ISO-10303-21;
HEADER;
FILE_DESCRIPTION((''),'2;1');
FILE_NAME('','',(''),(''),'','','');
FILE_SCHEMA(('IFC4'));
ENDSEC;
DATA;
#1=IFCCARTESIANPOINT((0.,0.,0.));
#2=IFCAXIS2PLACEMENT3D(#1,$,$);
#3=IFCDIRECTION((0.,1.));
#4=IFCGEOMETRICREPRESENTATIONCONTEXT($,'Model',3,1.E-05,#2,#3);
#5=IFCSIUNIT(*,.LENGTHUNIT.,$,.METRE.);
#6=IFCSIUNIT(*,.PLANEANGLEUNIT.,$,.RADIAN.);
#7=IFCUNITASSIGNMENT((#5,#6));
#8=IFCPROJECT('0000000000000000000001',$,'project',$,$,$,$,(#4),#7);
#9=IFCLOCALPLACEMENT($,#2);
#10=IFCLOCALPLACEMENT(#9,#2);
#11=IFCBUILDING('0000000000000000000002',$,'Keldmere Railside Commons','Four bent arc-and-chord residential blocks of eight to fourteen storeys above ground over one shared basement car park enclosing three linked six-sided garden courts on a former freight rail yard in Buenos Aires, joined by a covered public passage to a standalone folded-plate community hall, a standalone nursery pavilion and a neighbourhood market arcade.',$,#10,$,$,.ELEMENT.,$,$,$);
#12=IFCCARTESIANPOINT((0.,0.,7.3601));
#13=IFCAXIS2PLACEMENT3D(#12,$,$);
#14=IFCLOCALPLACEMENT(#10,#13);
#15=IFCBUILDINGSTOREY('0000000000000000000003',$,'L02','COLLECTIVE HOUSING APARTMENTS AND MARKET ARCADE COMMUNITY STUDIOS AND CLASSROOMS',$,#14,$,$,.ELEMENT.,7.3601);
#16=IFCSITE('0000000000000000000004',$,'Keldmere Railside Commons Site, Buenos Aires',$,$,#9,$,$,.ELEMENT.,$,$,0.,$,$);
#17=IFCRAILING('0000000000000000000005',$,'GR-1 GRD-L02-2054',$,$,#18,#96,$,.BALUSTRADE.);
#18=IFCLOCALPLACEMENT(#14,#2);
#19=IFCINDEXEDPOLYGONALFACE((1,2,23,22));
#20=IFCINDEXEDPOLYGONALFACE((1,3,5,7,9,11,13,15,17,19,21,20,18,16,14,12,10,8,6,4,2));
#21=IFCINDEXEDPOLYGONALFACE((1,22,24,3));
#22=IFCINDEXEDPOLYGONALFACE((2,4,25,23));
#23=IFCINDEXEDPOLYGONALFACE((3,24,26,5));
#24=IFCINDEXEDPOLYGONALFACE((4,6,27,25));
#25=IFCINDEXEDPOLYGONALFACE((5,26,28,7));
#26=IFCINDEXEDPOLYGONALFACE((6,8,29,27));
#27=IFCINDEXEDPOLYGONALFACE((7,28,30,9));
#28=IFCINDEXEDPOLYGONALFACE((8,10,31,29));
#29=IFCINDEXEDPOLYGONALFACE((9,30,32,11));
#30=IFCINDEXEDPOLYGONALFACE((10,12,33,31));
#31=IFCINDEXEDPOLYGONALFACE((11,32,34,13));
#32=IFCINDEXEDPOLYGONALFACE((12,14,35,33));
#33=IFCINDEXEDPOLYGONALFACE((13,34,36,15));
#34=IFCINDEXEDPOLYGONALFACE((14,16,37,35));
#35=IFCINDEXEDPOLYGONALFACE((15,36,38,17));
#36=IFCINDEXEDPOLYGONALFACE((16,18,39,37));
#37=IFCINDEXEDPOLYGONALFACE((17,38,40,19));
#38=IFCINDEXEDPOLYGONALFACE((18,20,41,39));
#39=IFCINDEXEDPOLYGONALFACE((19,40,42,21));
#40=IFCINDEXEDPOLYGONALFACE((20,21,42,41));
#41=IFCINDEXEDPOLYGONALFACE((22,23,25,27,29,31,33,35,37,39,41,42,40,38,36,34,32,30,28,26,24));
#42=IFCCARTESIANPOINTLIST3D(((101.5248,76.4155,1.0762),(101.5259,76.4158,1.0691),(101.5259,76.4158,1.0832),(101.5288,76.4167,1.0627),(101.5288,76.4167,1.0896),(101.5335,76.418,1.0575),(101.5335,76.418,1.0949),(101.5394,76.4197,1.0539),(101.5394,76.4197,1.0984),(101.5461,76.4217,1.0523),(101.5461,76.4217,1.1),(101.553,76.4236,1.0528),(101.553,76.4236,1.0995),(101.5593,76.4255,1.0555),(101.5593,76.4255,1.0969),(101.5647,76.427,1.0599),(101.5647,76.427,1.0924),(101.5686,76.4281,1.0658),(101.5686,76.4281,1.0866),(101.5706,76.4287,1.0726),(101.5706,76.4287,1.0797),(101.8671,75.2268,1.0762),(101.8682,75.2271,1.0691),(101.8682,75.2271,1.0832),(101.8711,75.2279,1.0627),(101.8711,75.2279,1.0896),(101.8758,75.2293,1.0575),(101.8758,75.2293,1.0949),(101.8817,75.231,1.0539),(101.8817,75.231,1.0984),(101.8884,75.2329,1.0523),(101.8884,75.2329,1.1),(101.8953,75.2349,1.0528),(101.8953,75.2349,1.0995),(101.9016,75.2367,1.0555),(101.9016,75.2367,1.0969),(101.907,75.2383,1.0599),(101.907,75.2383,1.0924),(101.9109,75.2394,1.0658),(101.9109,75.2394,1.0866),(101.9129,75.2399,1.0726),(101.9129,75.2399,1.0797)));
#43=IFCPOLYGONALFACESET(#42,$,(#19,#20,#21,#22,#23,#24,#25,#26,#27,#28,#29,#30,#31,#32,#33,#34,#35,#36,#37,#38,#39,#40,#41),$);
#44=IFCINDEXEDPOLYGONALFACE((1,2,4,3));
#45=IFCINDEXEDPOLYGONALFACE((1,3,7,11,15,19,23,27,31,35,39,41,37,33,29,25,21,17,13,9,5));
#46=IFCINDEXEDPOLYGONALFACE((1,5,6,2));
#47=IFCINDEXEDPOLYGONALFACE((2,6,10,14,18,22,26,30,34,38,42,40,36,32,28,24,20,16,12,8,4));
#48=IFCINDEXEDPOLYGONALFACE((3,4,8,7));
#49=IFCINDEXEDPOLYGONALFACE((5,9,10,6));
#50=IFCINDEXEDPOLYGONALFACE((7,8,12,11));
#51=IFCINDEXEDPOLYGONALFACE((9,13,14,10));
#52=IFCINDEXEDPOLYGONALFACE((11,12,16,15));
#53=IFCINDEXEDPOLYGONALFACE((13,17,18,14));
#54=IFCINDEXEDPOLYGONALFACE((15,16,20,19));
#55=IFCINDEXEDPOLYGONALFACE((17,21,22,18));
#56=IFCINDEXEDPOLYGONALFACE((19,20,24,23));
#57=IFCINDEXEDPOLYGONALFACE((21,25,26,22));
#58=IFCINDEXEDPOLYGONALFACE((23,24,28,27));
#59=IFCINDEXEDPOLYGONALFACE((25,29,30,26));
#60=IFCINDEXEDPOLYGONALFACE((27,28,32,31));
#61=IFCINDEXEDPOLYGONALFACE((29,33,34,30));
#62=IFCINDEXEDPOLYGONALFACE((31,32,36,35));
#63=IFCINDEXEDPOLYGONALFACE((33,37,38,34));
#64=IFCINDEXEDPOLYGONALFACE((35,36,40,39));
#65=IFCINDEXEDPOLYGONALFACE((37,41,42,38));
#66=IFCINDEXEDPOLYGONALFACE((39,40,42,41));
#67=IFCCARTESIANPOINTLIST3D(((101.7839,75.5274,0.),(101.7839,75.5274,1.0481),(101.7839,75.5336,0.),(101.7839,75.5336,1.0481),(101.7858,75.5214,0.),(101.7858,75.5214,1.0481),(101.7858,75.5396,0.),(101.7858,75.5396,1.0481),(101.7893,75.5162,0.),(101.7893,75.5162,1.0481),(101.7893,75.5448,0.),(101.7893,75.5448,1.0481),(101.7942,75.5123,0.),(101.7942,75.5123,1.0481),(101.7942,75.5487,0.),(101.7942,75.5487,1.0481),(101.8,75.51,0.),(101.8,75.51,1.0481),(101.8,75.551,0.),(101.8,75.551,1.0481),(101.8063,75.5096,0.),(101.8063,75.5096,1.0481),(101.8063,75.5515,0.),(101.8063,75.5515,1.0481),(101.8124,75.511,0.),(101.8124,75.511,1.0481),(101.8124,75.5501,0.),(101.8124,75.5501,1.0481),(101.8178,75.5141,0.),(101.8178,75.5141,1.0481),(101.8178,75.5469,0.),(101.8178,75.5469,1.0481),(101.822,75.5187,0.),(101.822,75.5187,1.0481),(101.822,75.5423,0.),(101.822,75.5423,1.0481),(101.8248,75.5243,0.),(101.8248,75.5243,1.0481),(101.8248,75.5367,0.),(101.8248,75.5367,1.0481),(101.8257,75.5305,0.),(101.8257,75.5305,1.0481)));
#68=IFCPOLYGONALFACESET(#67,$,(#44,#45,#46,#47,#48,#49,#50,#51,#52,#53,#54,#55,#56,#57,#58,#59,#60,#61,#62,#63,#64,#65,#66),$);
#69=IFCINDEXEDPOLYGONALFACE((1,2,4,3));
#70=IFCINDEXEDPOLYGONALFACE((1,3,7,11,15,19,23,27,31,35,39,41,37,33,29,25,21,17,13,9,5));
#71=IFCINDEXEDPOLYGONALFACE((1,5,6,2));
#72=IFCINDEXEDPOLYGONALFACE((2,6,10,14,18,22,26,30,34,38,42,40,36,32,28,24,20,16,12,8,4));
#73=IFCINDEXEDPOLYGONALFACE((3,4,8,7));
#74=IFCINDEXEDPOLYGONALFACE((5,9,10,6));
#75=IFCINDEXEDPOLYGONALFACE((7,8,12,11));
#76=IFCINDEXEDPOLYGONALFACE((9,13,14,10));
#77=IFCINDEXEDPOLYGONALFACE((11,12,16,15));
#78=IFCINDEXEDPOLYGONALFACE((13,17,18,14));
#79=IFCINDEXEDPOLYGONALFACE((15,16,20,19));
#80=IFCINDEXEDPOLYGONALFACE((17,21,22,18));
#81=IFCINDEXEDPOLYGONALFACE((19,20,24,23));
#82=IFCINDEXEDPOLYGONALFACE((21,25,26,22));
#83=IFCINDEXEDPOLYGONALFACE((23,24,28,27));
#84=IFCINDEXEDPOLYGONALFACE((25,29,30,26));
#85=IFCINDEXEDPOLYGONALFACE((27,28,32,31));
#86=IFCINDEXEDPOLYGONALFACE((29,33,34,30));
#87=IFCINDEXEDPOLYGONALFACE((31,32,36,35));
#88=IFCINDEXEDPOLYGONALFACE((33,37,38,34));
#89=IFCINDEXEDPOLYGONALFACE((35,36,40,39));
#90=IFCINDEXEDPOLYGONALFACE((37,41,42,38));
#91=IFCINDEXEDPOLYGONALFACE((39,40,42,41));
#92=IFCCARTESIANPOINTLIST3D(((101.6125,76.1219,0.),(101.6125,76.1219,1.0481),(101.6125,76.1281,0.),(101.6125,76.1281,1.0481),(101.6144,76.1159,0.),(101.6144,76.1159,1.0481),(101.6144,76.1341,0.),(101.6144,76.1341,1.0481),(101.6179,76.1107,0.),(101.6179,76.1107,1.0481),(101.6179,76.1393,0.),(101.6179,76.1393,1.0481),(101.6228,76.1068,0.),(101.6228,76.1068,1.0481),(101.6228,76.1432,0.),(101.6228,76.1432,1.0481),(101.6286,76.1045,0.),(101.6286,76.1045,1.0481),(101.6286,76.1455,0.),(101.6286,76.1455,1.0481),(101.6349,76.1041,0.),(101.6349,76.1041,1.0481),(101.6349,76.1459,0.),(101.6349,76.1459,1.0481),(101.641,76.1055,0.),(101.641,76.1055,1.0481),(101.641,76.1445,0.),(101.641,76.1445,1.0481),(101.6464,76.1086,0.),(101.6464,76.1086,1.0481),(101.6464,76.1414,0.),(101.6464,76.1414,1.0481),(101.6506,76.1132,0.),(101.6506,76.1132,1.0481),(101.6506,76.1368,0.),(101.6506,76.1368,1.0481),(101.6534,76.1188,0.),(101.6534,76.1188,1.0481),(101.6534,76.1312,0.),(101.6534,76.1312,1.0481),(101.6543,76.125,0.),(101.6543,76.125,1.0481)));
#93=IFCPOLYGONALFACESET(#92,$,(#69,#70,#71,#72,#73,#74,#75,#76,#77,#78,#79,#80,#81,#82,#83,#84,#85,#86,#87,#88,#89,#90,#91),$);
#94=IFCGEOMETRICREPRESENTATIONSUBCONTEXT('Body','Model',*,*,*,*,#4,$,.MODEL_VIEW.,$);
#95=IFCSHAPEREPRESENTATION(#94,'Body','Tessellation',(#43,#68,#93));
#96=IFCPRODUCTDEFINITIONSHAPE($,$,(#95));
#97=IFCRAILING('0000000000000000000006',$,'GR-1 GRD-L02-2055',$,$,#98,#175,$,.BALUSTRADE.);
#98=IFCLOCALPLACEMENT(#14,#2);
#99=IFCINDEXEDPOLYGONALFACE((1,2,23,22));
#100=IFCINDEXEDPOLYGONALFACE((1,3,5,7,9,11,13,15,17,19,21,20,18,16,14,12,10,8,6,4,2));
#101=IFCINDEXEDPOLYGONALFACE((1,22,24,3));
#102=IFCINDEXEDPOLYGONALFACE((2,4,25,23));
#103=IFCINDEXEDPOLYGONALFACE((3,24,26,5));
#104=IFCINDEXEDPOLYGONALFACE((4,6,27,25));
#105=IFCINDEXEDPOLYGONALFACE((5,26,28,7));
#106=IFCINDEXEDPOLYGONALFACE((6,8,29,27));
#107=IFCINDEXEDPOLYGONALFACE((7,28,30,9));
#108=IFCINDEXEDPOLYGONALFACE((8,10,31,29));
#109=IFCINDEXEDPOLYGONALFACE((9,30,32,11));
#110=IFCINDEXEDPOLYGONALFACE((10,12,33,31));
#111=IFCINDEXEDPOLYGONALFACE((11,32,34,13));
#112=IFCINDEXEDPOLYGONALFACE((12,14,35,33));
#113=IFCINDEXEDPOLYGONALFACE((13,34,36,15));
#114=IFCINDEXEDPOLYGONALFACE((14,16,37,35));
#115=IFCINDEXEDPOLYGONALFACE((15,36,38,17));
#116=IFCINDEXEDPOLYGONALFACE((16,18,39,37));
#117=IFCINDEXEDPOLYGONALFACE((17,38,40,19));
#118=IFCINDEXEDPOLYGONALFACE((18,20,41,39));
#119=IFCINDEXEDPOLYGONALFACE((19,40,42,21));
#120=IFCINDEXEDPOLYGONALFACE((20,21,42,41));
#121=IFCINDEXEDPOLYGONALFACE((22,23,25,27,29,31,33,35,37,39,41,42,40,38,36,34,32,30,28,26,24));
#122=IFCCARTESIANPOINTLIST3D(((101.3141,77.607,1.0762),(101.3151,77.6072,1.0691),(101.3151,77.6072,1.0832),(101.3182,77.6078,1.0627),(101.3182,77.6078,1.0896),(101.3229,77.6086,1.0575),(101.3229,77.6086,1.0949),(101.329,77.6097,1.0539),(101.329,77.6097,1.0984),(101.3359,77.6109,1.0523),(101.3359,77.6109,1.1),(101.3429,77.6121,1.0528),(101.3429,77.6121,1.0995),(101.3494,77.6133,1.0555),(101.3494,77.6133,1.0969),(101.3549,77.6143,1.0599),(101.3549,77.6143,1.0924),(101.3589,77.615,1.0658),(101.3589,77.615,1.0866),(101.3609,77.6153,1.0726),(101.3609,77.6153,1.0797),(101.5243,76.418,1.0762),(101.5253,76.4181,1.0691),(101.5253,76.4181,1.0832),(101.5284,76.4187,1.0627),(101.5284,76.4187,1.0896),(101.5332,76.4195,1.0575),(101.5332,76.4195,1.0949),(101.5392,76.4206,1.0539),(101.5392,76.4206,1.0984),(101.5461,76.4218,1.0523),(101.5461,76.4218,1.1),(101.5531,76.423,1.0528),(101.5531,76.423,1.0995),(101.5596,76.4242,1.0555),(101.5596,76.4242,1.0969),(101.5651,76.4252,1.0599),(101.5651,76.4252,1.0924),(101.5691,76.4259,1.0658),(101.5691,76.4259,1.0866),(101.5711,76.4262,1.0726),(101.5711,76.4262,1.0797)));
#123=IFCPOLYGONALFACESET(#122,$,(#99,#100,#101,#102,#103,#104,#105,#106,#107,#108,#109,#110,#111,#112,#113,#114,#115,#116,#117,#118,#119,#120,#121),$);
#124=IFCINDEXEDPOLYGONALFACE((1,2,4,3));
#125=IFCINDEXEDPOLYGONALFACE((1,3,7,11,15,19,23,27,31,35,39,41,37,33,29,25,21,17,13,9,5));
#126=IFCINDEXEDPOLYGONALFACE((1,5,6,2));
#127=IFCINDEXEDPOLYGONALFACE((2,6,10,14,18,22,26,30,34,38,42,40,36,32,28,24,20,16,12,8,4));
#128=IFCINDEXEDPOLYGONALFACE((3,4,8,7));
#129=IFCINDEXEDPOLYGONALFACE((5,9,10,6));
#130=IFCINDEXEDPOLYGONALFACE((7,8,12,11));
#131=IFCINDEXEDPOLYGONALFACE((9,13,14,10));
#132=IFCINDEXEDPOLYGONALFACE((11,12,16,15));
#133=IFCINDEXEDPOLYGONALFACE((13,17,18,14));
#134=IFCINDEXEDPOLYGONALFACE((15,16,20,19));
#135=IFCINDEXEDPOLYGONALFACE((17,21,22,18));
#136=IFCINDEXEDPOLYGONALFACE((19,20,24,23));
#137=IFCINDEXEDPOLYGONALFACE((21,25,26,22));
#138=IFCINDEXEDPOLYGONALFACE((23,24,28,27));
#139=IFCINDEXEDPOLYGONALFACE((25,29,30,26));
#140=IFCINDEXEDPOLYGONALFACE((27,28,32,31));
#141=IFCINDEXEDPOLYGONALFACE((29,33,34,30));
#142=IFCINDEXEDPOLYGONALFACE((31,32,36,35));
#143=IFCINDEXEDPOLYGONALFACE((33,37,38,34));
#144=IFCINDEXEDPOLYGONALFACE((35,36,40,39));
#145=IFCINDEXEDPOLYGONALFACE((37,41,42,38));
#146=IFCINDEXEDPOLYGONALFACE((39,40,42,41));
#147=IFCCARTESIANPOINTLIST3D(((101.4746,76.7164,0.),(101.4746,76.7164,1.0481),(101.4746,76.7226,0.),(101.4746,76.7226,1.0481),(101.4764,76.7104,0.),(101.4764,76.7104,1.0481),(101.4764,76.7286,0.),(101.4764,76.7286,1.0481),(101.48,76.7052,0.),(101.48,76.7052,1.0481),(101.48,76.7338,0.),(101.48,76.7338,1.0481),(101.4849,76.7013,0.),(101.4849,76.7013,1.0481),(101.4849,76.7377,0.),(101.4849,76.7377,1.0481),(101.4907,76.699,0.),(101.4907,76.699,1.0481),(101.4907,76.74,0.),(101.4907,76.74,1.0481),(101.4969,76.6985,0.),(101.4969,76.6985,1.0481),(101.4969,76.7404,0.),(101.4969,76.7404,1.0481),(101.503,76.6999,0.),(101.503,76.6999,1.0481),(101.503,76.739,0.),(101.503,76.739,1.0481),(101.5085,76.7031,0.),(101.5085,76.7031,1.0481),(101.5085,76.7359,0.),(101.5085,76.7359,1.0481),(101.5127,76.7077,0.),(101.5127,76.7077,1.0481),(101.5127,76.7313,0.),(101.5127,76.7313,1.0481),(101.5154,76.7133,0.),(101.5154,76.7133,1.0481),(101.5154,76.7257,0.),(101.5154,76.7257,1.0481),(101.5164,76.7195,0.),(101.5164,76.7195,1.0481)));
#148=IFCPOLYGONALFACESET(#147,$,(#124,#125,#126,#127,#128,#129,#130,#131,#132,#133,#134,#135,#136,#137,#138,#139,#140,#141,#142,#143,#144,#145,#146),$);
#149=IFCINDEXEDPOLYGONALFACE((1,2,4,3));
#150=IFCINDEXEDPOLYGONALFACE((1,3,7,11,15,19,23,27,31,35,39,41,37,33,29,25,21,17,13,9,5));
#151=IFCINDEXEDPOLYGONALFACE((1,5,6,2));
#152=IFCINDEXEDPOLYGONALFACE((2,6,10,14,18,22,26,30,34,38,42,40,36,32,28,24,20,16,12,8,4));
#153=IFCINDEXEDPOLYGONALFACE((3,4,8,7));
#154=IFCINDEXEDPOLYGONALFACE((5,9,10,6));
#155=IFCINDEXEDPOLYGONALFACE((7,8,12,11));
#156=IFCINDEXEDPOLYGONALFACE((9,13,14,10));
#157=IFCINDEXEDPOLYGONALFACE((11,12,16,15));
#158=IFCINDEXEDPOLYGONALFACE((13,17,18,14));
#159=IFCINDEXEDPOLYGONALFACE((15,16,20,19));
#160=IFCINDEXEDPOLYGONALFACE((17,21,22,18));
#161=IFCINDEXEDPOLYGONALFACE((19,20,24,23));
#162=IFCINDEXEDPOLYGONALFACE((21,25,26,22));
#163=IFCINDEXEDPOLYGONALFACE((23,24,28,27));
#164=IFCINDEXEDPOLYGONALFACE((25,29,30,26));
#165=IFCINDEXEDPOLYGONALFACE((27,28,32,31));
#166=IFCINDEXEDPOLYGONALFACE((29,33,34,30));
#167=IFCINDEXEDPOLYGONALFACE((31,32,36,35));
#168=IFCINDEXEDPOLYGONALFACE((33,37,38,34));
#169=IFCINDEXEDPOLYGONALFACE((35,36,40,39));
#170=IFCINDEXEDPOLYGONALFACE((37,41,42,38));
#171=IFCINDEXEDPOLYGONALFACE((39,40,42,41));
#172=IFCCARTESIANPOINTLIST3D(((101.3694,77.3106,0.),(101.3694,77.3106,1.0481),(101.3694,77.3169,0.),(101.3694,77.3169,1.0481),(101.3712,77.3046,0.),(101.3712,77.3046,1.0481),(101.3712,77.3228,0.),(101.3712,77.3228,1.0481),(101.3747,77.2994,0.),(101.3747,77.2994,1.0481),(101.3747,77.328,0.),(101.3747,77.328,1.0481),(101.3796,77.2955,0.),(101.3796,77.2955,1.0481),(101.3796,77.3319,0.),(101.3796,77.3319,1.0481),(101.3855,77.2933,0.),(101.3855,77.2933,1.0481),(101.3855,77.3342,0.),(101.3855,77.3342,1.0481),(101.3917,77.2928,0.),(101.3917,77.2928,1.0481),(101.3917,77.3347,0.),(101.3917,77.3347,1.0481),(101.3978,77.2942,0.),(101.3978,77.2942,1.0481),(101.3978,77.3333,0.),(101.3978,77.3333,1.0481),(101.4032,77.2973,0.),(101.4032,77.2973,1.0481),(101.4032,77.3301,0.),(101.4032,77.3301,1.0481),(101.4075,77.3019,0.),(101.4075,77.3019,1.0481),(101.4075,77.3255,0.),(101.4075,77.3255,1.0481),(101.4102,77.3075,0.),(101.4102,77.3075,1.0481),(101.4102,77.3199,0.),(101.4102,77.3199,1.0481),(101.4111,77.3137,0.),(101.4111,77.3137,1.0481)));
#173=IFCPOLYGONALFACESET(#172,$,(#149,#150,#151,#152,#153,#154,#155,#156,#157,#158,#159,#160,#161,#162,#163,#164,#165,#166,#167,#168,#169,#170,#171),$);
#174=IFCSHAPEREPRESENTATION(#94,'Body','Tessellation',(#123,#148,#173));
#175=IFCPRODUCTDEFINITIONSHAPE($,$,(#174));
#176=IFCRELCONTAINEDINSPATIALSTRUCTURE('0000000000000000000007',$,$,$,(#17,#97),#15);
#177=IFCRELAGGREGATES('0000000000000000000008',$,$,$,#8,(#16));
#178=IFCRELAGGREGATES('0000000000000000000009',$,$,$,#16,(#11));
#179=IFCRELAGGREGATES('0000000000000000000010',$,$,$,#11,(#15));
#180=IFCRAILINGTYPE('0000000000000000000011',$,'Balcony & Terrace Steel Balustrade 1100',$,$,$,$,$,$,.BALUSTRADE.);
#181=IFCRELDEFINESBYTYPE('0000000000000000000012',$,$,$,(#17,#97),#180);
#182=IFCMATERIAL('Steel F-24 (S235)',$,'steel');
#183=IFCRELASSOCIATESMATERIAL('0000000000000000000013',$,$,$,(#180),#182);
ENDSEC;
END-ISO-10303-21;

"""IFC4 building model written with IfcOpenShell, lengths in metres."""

from ifc_helpers import new_model, si_unit, direction, frame, origin, origin_2d, place, context, subcontext, project, spatial, circle, extrude, material, type_object, element, save


model = new_model("IFC4")

# Units and contexts
model_context = context("Model", 3, precision=1e-05, world=origin(), true_north=direction((0.0, 1.0)))
body_context = subcontext(model_context, "Body", "Model", "MODEL_VIEW")
ifc_project = project(units=[si_unit("LENGTHUNIT", "METRE"), si_unit("PLANEANGLEUNIT", "RADIAN")], contexts=[model_context])

# Site, building, storey
site_placement = place(None, origin())
site = spatial("IfcSite", under=ifc_project, at=site_placement, Name="Keldmere Railside Commons Site, Buenos Aires", CompositionType="ELEMENT", RefElevation=0.0)
building_placement = place(site_placement, origin())
building = spatial("IfcBuilding", under=site, at=building_placement, Name="Keldmere Railside Commons", Description="Four bent arc-and-chord residential blocks of eight to fourteen storeys above ground over one shared basement car park enclosing three linked six-sided garden courts on a former freight rail yard in Buenos Aires, joined by a covered public passage to a standalone folded-plate community hall, a standalone nursery pavilion and a neighbourhood market arcade.", CompositionType="ELEMENT")
storey_placement = place(building_placement, frame((0.0, 0.0, 7.3601)))
storey = spatial("IfcBuildingStorey", under=building, at=storey_placement, Name="L02", Description="COLLECTIVE HOUSING APARTMENTS AND MARKET ARCADE COMMUNITY STUDIOS AND CLASSROOMS", CompositionType="ELEMENT", Elevation=7.3601)

# Shared definitions
ifc_material_1 = material(Name="Steel F-24 (S235)", Category="steel")

# Railings
railing_type_1 = type_object("IfcRailingType", Name="Balcony & Terrace Steel Balustrade 1100", PredefinedType="BALUSTRADE", material=ifc_material_1)
railing_1_placement = place(storey_placement, frame((101.8901, 75.2334, 0.0)))
element("IfcRailing", 1, at=railing_1_placement, inside=storey, type_object=railing_type_1, Name="GR-1 GRD-L02-2054", PredefinedType="BALUSTRADE", context=body_context, shape_type="SweptSolid", body=[
    extrude(circle(Radius=0.0239, at=origin_2d()), frame((0.0, 0.0, 1.0762), z_axis=(-0.276702, 0.960956, 0.0), x_axis=(-0.960956, -0.276702, 0.0)), (0.0, 0.0, 1.0), 1.2371),
    extrude(circle(Radius=0.021, at=origin_2d()), frame((-0.0854, 0.2971, 0.0)), (0.0, 0.0, 1.0), 1.0481),
    extrude(circle(Radius=0.021, at=origin_2d()), frame((-0.2568, 0.8916, 0.0)), (0.0, 0.0, 1.0), 1.0481),
])
railing_2_placement = place(storey_placement, frame((101.5479, 76.4221, 0.0)))
element("IfcRailing", 2, at=railing_2_placement, inside=storey, type_object=railing_type_1, Name="GR-1 GRD-L02-2055", PredefinedType="BALUSTRADE", context=body_context, shape_type="SweptSolid", body=[
    extrude(circle(Radius=0.0239, at=origin_2d()), frame((0.0, 0.0, 1.0762), z_axis=(-0.174097, 0.984729, 0.0), x_axis=(-0.984729, -0.174097, 0.0)), (0.0, 0.0, 1.0), 1.2075),
    extrude(circle(Radius=0.021, at=origin_2d()), frame((-0.0525, 0.2974, 0.0)), (0.0, 0.0, 1.0), 1.0481),
    extrude(circle(Radius=0.021, at=origin_2d()), frame((-0.1577, 0.8916, 0.0)), (0.0, 0.0, 1.0), 1.0481),
])

save(model, "model.ifc")
